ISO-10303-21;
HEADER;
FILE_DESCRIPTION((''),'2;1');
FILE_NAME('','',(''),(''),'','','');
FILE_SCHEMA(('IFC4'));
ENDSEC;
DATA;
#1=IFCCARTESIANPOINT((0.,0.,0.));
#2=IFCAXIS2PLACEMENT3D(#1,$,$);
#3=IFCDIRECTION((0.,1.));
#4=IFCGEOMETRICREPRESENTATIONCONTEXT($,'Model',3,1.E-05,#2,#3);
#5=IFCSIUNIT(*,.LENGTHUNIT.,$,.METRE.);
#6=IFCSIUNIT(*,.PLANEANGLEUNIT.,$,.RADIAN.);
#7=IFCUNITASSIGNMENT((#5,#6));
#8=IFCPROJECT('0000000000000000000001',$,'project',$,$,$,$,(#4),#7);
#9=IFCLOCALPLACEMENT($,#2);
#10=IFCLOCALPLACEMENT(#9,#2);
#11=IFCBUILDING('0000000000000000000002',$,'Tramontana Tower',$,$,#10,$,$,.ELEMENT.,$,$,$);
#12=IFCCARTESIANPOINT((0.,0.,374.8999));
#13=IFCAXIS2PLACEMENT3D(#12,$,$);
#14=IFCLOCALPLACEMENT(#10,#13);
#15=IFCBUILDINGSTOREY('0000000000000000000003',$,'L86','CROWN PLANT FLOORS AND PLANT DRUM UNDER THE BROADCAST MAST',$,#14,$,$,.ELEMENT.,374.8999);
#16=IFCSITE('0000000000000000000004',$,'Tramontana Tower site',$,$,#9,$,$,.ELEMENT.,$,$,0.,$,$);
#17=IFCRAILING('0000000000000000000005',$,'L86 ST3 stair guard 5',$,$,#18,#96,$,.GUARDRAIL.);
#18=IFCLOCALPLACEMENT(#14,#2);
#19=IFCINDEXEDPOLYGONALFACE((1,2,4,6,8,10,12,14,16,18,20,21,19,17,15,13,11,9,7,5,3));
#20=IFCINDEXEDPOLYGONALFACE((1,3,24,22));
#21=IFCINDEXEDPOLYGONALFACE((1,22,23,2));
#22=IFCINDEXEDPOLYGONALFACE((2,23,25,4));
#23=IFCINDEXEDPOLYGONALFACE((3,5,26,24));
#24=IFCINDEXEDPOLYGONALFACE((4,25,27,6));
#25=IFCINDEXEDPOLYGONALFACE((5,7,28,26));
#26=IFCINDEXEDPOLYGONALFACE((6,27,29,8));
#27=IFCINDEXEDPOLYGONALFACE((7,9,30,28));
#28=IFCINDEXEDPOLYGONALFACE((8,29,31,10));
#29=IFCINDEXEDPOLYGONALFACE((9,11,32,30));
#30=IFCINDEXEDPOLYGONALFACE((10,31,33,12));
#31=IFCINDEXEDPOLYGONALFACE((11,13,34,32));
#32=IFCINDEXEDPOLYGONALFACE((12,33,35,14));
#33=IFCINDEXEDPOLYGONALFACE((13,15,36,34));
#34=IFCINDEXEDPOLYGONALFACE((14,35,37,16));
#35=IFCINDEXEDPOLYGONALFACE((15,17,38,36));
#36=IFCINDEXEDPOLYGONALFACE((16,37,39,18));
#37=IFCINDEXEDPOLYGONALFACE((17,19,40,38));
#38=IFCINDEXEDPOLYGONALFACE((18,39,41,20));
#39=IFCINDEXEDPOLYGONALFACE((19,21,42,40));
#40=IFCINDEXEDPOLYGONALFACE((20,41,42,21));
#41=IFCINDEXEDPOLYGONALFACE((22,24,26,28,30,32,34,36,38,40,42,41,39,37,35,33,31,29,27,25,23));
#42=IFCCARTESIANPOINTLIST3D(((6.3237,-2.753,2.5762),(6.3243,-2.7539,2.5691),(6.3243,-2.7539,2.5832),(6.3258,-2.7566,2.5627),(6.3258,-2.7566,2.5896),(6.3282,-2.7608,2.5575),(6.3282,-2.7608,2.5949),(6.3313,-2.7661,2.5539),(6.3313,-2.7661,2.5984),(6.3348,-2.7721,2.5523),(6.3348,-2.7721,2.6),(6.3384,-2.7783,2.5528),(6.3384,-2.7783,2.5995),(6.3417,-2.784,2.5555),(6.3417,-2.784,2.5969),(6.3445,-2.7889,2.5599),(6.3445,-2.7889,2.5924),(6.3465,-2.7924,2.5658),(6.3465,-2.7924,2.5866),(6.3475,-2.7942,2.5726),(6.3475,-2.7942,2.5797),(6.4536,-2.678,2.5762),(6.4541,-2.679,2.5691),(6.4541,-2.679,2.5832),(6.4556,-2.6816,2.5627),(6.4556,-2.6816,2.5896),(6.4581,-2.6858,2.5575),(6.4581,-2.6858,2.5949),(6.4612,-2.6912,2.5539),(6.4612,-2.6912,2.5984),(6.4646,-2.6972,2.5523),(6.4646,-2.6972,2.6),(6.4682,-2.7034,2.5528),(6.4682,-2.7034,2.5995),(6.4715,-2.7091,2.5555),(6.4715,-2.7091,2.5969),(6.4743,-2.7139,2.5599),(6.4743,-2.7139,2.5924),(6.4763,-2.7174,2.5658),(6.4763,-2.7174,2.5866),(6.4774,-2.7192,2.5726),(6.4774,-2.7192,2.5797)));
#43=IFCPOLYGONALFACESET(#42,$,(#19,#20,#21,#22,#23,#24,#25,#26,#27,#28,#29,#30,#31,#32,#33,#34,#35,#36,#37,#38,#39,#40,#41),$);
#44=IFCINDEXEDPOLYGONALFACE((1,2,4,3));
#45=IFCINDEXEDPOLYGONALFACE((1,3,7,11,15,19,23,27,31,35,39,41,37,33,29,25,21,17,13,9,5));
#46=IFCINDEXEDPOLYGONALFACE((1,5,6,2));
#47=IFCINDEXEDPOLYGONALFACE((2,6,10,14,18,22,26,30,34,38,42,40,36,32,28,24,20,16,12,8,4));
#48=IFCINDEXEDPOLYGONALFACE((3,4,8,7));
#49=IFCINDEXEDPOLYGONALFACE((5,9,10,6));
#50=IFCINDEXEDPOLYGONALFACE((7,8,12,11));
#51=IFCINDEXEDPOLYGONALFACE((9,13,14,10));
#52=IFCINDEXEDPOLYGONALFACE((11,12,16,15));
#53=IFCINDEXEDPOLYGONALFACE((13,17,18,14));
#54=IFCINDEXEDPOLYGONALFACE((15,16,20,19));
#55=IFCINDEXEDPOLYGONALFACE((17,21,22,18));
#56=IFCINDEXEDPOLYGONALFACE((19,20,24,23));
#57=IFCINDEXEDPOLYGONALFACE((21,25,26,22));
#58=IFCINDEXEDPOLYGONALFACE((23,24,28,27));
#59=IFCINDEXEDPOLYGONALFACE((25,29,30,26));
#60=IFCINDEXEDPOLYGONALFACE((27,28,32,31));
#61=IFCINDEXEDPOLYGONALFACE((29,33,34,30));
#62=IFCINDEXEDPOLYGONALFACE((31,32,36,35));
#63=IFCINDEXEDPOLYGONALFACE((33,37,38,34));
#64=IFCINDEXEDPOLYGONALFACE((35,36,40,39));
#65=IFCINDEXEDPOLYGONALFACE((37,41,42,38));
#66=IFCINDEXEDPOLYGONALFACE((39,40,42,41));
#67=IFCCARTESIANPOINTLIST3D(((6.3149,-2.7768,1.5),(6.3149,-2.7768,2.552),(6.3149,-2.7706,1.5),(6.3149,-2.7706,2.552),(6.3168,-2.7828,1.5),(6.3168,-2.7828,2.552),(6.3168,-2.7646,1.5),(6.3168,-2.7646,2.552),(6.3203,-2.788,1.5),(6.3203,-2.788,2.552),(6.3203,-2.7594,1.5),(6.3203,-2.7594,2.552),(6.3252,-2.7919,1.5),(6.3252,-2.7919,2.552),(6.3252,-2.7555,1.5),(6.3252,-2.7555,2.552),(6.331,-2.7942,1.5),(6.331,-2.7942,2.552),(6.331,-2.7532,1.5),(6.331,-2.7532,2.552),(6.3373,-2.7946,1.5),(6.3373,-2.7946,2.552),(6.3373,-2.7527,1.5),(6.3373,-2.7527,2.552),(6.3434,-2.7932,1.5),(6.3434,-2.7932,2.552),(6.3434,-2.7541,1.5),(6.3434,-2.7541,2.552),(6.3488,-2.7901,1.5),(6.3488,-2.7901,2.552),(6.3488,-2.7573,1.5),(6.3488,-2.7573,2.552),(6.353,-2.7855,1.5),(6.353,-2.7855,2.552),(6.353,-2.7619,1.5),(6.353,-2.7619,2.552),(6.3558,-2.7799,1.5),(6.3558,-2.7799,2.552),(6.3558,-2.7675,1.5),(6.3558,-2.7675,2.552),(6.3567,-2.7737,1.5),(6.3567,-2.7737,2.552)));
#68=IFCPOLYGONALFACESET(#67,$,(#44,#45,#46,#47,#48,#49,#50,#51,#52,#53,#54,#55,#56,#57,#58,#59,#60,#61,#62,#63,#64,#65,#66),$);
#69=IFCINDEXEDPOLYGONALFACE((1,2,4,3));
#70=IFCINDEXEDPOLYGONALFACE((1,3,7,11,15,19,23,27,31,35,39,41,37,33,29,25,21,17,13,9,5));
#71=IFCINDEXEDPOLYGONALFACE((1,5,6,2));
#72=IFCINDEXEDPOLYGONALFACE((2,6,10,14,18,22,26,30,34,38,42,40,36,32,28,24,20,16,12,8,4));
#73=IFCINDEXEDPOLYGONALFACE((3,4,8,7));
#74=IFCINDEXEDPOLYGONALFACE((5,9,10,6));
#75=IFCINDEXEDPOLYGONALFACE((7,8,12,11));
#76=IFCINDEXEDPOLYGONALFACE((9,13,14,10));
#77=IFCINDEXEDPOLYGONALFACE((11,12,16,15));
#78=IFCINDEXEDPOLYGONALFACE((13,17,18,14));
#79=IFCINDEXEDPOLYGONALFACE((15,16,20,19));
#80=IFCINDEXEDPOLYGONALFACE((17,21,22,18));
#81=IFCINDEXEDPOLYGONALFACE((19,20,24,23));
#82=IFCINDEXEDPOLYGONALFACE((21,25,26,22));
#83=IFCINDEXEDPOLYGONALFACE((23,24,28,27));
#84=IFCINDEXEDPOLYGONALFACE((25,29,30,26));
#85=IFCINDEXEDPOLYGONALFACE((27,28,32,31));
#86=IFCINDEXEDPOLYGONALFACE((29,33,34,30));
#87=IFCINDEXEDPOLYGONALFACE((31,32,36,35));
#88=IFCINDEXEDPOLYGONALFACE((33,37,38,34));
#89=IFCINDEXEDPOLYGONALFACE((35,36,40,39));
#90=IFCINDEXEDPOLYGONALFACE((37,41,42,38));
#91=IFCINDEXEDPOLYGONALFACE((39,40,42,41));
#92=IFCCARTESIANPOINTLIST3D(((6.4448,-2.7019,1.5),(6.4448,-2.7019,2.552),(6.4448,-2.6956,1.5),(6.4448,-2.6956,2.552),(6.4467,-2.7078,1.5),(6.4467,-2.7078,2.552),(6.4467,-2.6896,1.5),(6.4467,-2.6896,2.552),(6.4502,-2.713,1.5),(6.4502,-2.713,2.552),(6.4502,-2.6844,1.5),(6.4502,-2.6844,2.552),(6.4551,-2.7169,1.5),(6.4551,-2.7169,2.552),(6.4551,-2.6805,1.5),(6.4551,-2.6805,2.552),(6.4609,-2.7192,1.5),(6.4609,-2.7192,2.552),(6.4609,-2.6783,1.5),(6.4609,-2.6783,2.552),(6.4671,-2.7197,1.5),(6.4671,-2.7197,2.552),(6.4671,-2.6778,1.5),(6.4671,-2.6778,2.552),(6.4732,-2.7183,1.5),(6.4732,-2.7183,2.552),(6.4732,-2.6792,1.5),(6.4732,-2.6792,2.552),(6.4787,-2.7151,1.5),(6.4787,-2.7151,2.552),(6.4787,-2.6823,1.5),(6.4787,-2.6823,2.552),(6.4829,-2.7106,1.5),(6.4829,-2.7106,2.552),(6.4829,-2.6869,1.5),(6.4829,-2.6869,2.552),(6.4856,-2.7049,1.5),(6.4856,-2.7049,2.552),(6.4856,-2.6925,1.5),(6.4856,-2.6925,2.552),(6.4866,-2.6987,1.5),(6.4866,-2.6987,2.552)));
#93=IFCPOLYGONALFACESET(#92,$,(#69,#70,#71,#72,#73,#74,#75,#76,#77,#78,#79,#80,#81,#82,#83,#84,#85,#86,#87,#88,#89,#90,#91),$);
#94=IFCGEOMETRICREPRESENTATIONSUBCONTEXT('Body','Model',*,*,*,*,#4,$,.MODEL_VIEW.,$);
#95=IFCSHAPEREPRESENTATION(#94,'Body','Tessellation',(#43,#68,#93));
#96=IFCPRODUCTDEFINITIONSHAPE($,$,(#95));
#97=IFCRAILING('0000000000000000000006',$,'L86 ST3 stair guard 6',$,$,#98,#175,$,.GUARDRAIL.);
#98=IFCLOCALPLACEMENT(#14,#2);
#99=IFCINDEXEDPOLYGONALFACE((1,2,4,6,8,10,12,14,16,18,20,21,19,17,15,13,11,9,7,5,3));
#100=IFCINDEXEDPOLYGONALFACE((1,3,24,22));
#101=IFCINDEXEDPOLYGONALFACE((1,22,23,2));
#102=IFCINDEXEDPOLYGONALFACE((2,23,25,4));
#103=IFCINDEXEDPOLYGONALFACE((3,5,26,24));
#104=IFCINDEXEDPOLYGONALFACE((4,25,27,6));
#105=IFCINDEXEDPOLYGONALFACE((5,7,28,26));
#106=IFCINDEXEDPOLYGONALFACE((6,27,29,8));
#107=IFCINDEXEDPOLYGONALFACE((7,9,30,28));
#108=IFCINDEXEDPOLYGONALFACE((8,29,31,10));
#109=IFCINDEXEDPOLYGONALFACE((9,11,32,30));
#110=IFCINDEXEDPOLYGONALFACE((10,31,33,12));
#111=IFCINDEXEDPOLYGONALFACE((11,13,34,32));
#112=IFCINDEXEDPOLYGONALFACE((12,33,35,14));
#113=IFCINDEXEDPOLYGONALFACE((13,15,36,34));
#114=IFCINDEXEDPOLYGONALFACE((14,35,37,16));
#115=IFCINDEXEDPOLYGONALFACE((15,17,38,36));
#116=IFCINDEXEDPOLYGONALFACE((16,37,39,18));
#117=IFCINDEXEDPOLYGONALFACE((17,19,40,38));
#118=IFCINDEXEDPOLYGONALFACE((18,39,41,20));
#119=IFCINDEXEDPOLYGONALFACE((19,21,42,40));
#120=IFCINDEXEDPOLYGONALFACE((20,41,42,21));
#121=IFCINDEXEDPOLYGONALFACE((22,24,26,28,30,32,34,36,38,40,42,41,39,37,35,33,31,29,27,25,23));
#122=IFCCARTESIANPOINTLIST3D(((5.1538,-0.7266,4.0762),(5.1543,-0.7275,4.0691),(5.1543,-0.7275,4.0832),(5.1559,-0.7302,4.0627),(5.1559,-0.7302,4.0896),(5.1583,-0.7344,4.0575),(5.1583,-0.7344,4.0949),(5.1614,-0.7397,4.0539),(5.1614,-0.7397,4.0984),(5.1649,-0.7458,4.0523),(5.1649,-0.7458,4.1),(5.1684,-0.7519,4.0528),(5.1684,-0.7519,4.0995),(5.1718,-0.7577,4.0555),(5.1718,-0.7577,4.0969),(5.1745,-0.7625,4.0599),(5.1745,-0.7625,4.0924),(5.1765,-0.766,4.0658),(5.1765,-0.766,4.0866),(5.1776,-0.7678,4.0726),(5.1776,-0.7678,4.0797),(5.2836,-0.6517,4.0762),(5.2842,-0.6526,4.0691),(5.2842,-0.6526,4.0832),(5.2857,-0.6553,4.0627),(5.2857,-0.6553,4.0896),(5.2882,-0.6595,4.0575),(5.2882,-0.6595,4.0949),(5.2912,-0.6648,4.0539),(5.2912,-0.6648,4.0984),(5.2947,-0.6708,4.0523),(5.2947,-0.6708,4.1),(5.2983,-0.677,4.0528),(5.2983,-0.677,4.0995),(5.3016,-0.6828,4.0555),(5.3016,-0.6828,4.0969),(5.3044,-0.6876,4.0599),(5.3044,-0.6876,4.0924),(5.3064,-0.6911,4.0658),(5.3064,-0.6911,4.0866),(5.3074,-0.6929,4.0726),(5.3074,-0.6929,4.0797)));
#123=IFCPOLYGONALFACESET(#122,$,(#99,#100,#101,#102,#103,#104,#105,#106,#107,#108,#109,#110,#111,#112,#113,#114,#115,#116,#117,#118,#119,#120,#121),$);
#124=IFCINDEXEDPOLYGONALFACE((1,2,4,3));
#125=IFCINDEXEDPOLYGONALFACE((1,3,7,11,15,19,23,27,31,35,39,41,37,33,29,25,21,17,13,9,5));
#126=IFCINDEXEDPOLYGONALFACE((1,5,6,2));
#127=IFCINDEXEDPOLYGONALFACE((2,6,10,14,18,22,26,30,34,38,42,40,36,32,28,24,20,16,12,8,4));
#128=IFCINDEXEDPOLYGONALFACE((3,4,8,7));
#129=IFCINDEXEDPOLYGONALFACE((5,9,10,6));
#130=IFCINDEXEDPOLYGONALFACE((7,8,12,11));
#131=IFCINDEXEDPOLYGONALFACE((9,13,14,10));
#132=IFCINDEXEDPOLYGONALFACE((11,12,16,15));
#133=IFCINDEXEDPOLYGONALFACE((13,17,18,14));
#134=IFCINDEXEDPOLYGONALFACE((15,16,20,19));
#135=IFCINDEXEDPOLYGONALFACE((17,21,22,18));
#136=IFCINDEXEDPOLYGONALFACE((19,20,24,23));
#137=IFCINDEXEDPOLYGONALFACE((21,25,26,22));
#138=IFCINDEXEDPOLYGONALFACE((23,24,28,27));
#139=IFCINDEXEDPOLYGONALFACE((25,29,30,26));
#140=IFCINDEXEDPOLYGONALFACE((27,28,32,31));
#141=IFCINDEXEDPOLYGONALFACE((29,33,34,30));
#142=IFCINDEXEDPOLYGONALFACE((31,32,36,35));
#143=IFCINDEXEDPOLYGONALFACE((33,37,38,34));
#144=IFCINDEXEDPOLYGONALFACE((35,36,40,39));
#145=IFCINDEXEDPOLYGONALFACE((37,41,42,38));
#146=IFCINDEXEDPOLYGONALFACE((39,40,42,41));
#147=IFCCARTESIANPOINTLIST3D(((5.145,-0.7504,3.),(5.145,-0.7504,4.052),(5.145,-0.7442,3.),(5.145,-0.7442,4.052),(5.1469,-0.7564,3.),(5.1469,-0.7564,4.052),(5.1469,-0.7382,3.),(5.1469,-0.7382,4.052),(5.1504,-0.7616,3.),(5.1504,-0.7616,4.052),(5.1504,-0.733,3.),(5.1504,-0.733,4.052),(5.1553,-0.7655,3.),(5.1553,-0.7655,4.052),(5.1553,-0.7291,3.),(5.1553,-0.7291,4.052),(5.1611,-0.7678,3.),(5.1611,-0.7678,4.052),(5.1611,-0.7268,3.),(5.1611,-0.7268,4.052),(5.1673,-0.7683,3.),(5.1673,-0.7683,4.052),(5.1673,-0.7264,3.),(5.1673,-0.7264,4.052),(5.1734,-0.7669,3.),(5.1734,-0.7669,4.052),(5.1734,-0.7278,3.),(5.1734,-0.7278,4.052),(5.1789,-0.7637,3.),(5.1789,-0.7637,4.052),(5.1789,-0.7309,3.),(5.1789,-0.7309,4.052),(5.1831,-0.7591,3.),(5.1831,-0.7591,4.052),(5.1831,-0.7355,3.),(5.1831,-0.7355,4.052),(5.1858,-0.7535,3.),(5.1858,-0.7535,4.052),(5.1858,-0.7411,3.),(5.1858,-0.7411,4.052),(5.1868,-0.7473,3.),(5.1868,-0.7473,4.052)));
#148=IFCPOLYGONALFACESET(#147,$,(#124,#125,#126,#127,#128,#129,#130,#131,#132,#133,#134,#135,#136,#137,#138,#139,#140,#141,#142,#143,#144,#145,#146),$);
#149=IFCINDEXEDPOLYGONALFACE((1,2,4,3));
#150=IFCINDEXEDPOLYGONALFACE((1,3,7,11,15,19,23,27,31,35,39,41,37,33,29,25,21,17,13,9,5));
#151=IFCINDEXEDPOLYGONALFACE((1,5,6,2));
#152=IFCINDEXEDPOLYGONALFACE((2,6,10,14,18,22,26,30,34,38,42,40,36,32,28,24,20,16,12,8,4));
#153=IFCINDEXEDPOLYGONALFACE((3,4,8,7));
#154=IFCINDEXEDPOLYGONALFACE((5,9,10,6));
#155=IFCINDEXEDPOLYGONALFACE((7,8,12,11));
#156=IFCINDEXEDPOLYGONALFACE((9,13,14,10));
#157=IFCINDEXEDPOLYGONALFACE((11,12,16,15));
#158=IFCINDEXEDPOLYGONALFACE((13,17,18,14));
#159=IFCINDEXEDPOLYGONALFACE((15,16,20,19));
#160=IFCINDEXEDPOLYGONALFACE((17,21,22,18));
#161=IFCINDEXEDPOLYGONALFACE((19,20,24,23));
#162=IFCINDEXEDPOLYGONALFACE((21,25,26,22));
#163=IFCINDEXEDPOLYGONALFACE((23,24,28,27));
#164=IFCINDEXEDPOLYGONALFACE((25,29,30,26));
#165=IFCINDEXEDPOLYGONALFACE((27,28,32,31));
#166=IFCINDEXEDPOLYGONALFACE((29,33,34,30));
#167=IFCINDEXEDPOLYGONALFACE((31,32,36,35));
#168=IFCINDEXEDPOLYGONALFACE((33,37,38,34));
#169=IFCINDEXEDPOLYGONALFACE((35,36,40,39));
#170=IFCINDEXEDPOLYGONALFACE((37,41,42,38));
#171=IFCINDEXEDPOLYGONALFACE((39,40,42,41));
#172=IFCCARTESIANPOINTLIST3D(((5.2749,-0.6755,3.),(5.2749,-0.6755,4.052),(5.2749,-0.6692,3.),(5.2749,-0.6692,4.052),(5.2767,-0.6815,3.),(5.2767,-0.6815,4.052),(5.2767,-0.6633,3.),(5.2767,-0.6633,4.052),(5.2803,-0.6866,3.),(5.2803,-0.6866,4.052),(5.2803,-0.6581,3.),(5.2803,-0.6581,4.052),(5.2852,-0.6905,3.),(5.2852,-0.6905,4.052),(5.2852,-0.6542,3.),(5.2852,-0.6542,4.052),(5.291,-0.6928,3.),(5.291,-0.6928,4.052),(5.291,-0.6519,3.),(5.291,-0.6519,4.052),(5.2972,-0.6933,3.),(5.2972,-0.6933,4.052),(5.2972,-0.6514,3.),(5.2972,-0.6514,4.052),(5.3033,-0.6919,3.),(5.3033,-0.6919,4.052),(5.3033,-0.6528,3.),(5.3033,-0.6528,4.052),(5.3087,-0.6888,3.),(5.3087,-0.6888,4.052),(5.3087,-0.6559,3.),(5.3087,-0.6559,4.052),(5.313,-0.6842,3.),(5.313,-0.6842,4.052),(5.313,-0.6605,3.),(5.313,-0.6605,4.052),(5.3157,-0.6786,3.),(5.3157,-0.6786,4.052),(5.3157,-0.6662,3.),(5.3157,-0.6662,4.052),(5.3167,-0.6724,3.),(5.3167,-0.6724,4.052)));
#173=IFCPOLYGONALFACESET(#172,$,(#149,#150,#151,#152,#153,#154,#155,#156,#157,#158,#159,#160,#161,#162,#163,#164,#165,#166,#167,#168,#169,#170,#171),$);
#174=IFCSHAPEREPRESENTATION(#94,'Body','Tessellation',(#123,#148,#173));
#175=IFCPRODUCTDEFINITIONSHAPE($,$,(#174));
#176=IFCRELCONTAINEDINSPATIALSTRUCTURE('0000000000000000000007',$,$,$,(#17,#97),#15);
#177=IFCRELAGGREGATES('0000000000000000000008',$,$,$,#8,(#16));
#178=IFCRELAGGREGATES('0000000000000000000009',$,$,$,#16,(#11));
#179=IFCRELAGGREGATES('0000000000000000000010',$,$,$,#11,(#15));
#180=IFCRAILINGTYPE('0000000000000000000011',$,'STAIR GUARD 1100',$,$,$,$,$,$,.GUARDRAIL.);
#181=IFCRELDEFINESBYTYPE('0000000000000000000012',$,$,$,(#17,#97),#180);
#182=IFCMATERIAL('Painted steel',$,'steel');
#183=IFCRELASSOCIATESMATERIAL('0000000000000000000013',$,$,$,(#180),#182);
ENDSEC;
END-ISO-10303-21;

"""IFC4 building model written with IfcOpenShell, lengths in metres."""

from ifc_helpers import new_model, si_unit, direction, frame, origin, origin_2d, place, context, subcontext, project, spatial, circle, extrude, material, type_object, element, save


model = new_model("IFC4")

# Units and contexts
model_context = context("Model", 3, precision=1e-05, world=origin(), true_north=direction((0.0, 1.0)))
body_context = subcontext(model_context, "Body", "Model", "MODEL_VIEW")
ifc_project = project(units=[si_unit("LENGTHUNIT", "METRE"), si_unit("PLANEANGLEUNIT", "RADIAN")], contexts=[model_context])

# Site, building, storey
site_placement = place(None, origin())
site = spatial("IfcSite", under=ifc_project, at=site_placement, Name="Tramontana Tower site", CompositionType="ELEMENT", RefElevation=0.0)
building_placement = place(site_placement, origin())
building = spatial("IfcBuilding", under=site, at=building_placement, Name="Tramontana Tower", CompositionType="ELEMENT")
storey_placement = place(building_placement, frame((0.0, 0.0, 374.8999)))
storey = spatial("IfcBuildingStorey", under=building, at=storey_placement, Name="L86", Description="CROWN PLANT FLOORS AND PLANT DRUM UNDER THE BROADCAST MAST", CompositionType="ELEMENT", Elevation=374.8999)

# Railings
ifc_material_1 = material(Name="Painted steel", Category="steel")
railing_type_1 = type_object("IfcRailingType", Name="STAIR GUARD 1100", PredefinedType="GUARDRAIL", material=ifc_material_1)
for number, where, name in (
    (1, (6.3357, -2.7737, 1.5), "L86 ST3 stair guard 5"),
    (2, (5.1658, -0.7473, 3.0), "L86 ST3 stair guard 6"),
):
    element("IfcRailing", number, at=place(storey_placement, frame(where)), inside=storey, type_object=railing_type_1, Name=name, PredefinedType="GUARDRAIL", context=body_context, shape_type="SweptSolid", body=[
        extrude(circle(Radius=0.0239, at=origin_2d()), frame((0.0, 0.0, 1.0762), z_axis=(0.866131, 0.499816, 0.0), x_axis=(-0.499816, 0.866131, 0.0)), (0.0, 0.0, 1.0), 0.1499),
        extrude(circle(Radius=0.021, at=origin_2d()), origin(), (0.0, 0.0, 1.0), 1.052),
        extrude(circle(Radius=0.021, at=origin_2d()), frame((0.1299, 0.075, 0.0)), (0.0, 0.0, 1.0), 1.052),
    ])

save(model, "model.ifc")
